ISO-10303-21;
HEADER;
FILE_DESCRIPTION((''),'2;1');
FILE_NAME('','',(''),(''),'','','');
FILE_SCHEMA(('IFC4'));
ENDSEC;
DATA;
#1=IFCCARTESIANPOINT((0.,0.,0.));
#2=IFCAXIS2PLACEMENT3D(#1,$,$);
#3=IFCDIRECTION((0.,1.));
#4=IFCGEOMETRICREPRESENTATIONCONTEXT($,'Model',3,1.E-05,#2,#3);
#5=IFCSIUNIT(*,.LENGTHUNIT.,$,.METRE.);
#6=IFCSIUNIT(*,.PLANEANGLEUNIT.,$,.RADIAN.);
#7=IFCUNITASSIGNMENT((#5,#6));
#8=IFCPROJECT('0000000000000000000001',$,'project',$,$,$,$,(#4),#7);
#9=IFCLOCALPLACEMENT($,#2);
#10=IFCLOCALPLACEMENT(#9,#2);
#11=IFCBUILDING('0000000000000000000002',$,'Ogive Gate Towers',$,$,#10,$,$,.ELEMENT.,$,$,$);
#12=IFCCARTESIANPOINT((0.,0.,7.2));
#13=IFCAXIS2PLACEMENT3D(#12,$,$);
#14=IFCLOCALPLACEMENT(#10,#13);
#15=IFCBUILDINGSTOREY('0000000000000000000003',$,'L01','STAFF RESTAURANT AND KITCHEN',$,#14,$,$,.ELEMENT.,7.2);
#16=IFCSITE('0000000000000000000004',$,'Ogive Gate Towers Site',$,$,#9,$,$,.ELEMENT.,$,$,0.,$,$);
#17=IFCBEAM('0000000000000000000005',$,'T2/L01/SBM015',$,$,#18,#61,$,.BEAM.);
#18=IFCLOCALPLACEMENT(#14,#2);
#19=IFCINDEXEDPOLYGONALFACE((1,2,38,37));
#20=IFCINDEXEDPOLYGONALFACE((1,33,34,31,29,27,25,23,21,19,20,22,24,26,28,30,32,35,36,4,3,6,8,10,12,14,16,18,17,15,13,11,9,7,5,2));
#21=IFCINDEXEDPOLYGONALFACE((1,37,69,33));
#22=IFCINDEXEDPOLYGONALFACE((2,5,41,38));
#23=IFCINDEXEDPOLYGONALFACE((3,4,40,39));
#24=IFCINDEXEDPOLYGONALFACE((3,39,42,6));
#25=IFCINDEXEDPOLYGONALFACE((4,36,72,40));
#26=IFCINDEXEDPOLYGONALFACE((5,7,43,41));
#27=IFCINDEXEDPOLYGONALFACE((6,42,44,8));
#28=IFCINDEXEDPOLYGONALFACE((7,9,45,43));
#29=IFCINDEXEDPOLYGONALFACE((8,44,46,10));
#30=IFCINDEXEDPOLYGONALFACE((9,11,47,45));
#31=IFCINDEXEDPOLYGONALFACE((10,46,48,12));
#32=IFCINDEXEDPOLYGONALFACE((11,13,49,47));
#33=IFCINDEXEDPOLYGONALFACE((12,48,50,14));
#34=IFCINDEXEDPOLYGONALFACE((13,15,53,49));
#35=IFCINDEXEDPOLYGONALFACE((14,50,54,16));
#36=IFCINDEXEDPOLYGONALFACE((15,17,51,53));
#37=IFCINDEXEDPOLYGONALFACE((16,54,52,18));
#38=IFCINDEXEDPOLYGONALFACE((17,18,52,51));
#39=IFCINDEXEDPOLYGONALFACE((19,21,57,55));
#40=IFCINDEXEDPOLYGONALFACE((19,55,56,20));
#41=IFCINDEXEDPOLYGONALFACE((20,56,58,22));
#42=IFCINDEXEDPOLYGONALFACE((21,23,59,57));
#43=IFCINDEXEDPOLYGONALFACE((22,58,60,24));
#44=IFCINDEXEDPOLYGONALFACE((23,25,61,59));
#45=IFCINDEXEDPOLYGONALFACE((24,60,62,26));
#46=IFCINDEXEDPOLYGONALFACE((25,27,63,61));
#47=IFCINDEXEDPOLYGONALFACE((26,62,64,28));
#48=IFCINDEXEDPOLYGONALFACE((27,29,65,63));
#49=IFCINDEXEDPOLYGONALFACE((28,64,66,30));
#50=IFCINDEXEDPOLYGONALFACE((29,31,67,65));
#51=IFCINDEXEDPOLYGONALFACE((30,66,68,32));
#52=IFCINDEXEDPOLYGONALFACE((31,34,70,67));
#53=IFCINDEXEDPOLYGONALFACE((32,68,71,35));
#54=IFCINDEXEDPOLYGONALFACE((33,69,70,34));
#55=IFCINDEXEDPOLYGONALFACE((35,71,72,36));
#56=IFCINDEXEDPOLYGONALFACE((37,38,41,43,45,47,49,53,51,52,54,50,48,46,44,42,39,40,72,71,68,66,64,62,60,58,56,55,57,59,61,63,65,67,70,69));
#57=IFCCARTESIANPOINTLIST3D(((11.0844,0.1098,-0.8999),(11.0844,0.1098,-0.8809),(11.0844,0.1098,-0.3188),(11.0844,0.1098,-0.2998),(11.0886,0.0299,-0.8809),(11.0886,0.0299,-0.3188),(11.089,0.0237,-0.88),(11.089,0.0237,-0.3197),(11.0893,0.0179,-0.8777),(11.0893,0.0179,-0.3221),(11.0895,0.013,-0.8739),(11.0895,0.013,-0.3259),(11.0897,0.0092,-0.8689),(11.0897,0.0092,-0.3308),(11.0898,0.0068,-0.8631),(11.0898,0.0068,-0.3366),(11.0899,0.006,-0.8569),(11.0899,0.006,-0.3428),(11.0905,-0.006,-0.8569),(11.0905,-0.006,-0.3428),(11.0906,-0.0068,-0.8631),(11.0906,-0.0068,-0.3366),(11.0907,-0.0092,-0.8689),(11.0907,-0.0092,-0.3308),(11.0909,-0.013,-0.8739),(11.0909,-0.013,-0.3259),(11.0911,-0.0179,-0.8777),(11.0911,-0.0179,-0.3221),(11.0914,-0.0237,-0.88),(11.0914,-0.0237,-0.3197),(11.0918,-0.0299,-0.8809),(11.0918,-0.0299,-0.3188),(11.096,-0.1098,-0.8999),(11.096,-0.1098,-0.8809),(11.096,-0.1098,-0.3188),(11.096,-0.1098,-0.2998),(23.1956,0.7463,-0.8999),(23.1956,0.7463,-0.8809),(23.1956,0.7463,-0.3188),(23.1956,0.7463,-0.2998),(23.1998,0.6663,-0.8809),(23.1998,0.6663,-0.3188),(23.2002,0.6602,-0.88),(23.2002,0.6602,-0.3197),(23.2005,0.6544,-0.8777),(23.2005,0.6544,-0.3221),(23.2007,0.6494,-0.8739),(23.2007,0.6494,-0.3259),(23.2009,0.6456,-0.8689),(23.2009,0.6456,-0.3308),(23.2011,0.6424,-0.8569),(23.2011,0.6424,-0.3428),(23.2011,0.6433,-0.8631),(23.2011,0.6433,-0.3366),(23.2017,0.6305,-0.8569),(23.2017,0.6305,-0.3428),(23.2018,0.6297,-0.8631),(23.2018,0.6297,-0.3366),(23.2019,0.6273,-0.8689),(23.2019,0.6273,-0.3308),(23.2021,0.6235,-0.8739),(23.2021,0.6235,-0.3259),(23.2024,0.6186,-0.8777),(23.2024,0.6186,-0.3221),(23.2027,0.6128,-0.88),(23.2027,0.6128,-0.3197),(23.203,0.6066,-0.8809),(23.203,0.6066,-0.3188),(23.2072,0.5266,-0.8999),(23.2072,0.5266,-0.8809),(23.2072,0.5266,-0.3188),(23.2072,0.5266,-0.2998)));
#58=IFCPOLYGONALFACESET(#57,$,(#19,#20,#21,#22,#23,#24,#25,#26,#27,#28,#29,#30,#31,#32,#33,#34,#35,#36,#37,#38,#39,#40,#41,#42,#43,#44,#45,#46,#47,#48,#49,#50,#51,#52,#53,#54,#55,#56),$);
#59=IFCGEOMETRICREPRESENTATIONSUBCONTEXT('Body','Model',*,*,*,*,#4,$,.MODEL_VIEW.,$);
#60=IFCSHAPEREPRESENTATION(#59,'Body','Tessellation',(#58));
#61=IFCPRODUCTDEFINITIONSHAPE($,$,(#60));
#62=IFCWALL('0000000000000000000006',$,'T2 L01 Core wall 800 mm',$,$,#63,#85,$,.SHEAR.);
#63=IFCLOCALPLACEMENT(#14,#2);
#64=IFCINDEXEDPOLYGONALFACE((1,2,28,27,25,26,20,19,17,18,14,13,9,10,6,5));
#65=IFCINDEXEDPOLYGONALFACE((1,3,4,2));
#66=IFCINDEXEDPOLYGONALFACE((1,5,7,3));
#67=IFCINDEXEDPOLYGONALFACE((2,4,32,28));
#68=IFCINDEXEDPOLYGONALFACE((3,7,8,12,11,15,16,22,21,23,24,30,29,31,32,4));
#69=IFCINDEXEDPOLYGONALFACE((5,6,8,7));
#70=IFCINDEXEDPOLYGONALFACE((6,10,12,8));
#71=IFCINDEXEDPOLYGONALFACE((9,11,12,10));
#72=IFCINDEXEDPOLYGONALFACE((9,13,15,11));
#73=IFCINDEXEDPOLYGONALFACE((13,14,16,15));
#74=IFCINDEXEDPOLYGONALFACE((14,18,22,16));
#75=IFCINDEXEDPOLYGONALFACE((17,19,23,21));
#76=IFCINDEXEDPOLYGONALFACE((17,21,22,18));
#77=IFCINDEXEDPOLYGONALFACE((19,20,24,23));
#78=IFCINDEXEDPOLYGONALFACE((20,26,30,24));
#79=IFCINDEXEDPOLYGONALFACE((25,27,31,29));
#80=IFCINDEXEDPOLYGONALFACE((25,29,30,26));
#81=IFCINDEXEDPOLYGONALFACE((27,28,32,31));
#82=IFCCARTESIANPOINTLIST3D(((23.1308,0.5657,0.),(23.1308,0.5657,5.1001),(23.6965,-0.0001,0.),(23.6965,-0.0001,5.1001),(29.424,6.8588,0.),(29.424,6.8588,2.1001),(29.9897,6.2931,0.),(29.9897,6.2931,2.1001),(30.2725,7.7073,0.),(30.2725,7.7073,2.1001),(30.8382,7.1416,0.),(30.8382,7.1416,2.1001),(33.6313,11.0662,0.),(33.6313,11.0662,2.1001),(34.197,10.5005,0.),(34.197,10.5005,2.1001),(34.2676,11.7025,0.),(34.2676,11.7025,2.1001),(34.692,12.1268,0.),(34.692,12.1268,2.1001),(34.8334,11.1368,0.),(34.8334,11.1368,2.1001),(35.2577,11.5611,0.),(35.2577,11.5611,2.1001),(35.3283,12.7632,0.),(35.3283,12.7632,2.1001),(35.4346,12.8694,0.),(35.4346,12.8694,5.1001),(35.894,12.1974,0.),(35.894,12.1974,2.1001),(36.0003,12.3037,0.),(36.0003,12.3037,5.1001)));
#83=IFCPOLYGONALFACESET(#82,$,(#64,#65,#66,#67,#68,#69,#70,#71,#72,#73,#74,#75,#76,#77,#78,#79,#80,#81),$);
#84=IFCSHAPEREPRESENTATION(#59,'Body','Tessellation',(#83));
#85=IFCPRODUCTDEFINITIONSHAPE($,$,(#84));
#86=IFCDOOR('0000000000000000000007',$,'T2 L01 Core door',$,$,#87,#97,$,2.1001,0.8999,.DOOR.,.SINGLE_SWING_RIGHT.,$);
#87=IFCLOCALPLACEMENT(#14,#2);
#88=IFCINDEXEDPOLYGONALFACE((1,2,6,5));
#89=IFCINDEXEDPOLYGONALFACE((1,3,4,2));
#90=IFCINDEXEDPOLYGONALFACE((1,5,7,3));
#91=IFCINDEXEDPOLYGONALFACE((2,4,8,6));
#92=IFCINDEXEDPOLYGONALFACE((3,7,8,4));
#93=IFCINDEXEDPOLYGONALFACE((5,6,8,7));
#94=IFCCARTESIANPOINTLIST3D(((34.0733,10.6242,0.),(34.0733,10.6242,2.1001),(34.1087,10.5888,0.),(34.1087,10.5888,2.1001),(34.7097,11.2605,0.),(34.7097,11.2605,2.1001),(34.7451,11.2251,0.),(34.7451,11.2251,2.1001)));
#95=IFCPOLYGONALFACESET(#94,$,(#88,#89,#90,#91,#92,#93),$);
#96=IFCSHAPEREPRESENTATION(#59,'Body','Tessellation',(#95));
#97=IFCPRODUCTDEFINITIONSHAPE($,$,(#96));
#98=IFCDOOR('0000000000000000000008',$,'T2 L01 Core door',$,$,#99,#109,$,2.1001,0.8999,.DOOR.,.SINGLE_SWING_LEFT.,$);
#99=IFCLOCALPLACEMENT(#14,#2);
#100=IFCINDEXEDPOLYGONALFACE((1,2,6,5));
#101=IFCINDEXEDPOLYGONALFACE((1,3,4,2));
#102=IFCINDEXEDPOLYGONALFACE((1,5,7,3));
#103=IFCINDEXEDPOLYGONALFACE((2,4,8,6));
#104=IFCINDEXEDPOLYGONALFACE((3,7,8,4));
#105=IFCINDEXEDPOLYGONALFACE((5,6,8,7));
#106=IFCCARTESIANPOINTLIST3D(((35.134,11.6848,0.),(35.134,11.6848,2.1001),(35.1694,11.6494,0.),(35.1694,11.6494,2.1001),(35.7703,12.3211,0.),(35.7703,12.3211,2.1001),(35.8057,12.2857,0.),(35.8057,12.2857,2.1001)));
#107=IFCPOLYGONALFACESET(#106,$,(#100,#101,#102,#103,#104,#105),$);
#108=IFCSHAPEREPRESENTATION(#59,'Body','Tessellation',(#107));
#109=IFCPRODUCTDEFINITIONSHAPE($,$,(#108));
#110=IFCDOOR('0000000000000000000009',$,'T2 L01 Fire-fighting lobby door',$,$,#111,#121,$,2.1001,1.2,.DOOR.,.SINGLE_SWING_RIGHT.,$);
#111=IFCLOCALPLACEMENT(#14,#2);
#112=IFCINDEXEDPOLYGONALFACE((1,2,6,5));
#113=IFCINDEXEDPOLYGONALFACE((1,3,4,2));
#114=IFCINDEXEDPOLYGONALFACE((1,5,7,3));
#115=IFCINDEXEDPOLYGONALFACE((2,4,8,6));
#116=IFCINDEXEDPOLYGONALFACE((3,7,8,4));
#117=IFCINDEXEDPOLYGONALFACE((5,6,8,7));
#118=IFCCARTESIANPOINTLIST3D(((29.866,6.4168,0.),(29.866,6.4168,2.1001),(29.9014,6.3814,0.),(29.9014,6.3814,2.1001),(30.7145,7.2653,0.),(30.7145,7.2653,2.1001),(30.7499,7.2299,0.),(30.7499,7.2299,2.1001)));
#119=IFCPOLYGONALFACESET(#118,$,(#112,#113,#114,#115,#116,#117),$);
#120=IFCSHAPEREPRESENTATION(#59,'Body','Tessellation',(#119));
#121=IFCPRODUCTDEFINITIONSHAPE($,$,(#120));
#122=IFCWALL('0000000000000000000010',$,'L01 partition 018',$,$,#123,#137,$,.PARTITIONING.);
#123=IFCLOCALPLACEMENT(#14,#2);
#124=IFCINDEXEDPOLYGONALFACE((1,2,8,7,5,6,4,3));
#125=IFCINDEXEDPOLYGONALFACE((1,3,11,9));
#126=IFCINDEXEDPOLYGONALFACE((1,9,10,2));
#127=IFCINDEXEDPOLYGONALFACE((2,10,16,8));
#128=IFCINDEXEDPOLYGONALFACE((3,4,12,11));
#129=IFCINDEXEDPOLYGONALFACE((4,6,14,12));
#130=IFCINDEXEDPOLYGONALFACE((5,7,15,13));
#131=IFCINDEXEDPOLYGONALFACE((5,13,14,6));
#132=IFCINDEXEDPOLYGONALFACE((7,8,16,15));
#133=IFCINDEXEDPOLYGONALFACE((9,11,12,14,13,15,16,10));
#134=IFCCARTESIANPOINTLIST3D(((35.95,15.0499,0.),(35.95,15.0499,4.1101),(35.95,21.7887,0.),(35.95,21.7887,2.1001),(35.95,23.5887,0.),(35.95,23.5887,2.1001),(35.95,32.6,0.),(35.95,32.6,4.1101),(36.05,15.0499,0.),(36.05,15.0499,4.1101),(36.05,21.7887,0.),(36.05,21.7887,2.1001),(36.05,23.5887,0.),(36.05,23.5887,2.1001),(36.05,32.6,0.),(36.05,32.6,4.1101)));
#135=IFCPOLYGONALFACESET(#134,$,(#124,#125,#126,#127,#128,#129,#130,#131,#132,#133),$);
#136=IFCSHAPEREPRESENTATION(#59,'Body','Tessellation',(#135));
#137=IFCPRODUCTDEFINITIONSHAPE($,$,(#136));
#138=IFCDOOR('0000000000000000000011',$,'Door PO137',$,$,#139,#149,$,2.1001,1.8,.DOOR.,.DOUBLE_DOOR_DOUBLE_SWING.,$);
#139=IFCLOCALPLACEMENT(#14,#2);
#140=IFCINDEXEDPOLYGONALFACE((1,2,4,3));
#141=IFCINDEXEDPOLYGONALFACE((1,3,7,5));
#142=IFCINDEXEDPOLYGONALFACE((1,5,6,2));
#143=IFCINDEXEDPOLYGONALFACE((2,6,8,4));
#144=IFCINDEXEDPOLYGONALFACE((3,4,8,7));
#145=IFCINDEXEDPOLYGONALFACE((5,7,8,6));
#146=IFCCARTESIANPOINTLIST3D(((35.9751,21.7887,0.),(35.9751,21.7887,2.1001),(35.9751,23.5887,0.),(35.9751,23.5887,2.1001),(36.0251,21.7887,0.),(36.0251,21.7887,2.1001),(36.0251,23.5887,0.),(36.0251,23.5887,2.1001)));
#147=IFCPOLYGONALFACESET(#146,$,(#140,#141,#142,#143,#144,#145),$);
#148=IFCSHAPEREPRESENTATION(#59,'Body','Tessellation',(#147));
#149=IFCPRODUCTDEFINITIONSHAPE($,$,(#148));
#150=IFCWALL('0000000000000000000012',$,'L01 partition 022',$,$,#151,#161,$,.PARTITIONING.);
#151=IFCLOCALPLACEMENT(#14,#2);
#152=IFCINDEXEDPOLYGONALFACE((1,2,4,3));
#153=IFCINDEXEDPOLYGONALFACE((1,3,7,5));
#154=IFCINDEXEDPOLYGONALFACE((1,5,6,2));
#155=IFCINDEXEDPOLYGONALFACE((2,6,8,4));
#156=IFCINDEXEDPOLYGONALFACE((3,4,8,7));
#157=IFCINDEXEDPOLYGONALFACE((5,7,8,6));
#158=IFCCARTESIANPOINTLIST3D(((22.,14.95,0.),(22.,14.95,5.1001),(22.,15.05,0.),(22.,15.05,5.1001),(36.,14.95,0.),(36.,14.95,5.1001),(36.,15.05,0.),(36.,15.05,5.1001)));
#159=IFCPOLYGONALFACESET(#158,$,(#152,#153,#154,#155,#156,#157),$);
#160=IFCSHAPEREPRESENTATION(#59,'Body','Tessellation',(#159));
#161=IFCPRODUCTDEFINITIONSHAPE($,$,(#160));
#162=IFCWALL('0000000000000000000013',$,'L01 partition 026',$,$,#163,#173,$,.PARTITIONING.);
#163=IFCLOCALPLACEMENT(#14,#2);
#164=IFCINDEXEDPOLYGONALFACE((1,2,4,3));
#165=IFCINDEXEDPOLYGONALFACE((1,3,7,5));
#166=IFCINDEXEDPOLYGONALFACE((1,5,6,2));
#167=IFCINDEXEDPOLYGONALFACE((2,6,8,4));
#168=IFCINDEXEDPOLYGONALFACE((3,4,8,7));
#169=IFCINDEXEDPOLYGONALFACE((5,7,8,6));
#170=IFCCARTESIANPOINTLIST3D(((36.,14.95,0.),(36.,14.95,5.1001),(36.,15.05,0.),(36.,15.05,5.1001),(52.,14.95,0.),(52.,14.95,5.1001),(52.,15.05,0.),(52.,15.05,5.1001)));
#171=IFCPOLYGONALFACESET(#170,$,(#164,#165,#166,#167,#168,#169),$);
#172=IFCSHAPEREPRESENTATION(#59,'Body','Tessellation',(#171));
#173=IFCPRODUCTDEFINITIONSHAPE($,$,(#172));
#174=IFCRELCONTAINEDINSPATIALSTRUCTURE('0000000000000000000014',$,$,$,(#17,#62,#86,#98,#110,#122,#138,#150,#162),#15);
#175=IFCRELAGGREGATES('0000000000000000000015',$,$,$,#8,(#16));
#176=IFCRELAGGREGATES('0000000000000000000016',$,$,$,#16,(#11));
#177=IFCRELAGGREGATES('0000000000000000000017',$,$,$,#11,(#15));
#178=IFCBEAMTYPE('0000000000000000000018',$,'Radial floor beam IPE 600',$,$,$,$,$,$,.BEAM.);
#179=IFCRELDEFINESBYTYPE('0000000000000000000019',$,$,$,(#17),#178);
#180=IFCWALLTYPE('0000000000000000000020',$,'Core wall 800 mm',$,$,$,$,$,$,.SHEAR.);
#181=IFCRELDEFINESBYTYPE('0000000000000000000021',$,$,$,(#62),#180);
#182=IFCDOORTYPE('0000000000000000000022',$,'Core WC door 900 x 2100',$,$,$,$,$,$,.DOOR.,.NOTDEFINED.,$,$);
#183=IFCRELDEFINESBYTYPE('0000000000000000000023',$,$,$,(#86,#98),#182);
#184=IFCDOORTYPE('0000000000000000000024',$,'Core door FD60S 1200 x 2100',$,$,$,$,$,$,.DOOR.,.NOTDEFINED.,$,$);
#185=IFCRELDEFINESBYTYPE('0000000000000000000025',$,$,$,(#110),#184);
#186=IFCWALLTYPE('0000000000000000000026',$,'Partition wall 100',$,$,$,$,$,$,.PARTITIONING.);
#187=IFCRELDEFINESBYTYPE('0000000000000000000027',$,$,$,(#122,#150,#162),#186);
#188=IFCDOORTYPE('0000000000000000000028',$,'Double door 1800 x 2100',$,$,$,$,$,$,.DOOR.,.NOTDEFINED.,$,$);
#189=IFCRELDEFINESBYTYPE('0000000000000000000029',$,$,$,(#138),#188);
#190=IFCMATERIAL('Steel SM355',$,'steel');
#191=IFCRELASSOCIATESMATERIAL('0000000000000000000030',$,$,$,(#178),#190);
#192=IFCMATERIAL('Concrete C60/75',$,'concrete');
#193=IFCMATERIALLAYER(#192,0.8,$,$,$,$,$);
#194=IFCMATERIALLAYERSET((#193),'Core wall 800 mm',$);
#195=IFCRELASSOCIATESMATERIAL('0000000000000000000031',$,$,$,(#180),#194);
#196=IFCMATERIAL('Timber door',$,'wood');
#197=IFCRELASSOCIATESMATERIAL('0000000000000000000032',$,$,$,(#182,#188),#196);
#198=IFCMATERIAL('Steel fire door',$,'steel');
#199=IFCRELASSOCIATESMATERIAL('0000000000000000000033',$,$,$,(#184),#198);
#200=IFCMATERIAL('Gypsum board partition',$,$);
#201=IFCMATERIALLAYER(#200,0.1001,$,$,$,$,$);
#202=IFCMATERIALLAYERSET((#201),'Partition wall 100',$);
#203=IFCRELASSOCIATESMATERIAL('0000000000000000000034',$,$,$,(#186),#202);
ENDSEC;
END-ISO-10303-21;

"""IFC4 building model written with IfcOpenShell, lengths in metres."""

from ifc_helpers import new_model, si_unit, direction, frame, frame_2d, origin, origin_2d, place, context, subcontext, project, spatial, rectangle, i_section, extrude, material, layer, layer_set, material_profile, profile_set, type_object, element, fill, save


model = new_model("IFC4")

# Units and contexts
model_context = context("Model", 3, precision=1e-05, world=origin(), true_north=direction((0.0, 1.0)))
body_context = subcontext(model_context, "Body", "Model", "MODEL_VIEW")
ifc_project = project(units=[si_unit("LENGTHUNIT", "METRE"), si_unit("PLANEANGLEUNIT", "RADIAN")], contexts=[model_context])

# Site, building, storey
site_placement = place(None, origin())
site = spatial("IfcSite", under=ifc_project, at=site_placement, Name="Ogive Gate Towers Site", CompositionType="ELEMENT", RefElevation=0.0)
building_placement = place(site_placement, origin())
building = spatial("IfcBuilding", under=site, at=building_placement, Name="Ogive Gate Towers", CompositionType="ELEMENT")
storey_placement = place(building_placement, frame((0.0, 0.0, 7.2)))
storey = spatial("IfcBuildingStorey", under=building, at=storey_placement, Name="L01", Description="STAFF RESTAURANT AND KITCHEN", CompositionType="ELEMENT", Elevation=7.2)

# Beam
ifc_material_1 = material(Name="Steel SM355", Category="steel")
ifc_material_profile_1 = material_profile(ifc_material_1, i_section(OverallWidth=0.22, OverallDepth=0.6001, WebThickness=0.012, FlangeThickness=0.019, FilletRadius=0.0239, at=origin_2d()), Name="IPE 600")
ifc_profile_set_1 = profile_set([ifc_material_profile_1], Name="Steel SM355")
beam_type_1 = type_object("IfcBeamType", Name="Radial floor beam IPE 600", PredefinedType="BEAM", material=ifc_profile_set_1)
beam_1_placement = place(storey_placement, frame((23.2014, 0.6365, -0.5999), z_axis=(-0.998622, -0.05248, 0.0), x_axis=(0.05248, -0.998622, 0.0)))
element("IfcBeam", 1, at=beam_1_placement, inside=storey, type_object=beam_type_1, Name="T2/L01/SBM015", PredefinedType="BEAM", context=body_context, shape_type="SweptSolid", body=[
    extrude(i_section(OverallWidth=0.22, OverallDepth=0.6001, WebThickness=0.012, FlangeThickness=0.019, FilletRadius=0.0239, at=origin_2d()), origin(), (0.0, 0.0, 1.0), 12.1279),
])

# Wall, openings, doors
ifc_material_2 = material(Name="Concrete C60/75", Category="concrete")
ifc_layer_1 = layer(ifc_material_2, 0.8)
ifc_layer_set_1 = layer_set([ifc_layer_1], Name="Core wall 800 mm")
wall_type_1 = type_object("IfcWallType", Name="Core wall 800 mm", PredefinedType="SHEAR", material=ifc_layer_set_1)
wall_1_placement = place(storey_placement, frame((23.4136, 0.2827, 0.0), z_axis=(0.0, 0.0, 1.0), x_axis=(0.707107, 0.707107, 0.0)))
wall_1 = element("IfcWall", 2, at=wall_1_placement, inside=storey, type_object=wall_type_1, Name="T2 L01 Core wall 800 mm", PredefinedType="SHEAR", context=body_context, shape_type="SweptSolid", body=[
    extrude(rectangle(XDim=17.4001, YDim=0.8, at=frame_2d((8.7002, 0.0))), origin(), (0.0, 0.0, 1.0), 5.1001),
])
opening_1_placement = place(wall_1_placement, frame((8.8999, 0.0, 0.0)))
opening_1 = element("IfcOpeningElement", 3, at=opening_1_placement, cuts=wall_1, PredefinedType="OPENING", context=body_context, shape_type="SweptSolid", body=[
    extrude(rectangle(XDim=1.2, YDim=2.1001, at=frame_2d((0.6001, 1.05))), frame((0.0, 0.4102, 0.0), z_axis=(0.0, -1.0, 0.0), x_axis=(1.0, 0.0, 0.0)), (0.0, 0.0, 1.0), 0.8201),
])
opening_2_placement = place(wall_1_placement, frame((14.8501, 0.0, 0.0)))
opening_2 = element("IfcOpeningElement", 4, at=opening_2_placement, cuts=wall_1, PredefinedType="OPENING", context=body_context, shape_type="SweptSolid", body=[
    extrude(rectangle(XDim=0.8999, YDim=2.1001, at=frame_2d((0.45, 1.05))), frame((0.0, 0.4102, 0.0), z_axis=(0.0, -1.0, 0.0), x_axis=(1.0, 0.0, 0.0)), (0.0, 0.0, 1.0), 0.8201),
])
opening_3_placement = place(wall_1_placement, frame((16.3501, 0.0, 0.0)))
opening_3 = element("IfcOpeningElement", 5, at=opening_3_placement, cuts=wall_1, PredefinedType="OPENING", context=body_context, shape_type="SweptSolid", body=[
    extrude(rectangle(XDim=0.8999, YDim=2.1001, at=frame_2d((0.45, 1.05))), frame((0.0, 0.4102, 0.0), z_axis=(0.0, -1.0, 0.0), x_axis=(1.0, 0.0, 0.0)), (0.0, 0.0, 1.0), 0.8201),
])
ifc_material_3 = material(Name="Timber door", Category="wood")
door_type_1 = type_object("IfcDoorType", Name="Core WC door 900 x 2100", OperationType="NOTDEFINED", PredefinedType="DOOR", material=ifc_material_3)
door_1_placement = place(opening_2_placement, origin())
door_1 = element("IfcDoor", 6, at=door_1_placement, inside=storey, type_object=door_type_1, Name="T2 L01 Core door", OperationType="SINGLE_SWING_RIGHT", OverallHeight=2.1001, OverallWidth=0.8999, PredefinedType="DOOR", context=body_context, shape_type="SweptSolid", body=[
    extrude(rectangle(XDim=0.8999, YDim=2.1001, at=frame_2d((0.45, 1.05))), frame((0.0, -0.2251, 0.0), z_axis=(0.0, -1.0, 0.0), x_axis=(1.0, 0.0, 0.0)), (0.0, 0.0, 1.0), 0.05),
])
fill(opening_2, door_1)
door_2_placement = place(opening_3_placement, origin())
door_2 = element("IfcDoor", 7, at=door_2_placement, inside=storey, type_object=door_type_1, Name="T2 L01 Core door", OperationType="SINGLE_SWING_LEFT", OverallHeight=2.1001, OverallWidth=0.8999, PredefinedType="DOOR", context=body_context, shape_type="SweptSolid", body=[
    extrude(rectangle(XDim=0.8999, YDim=2.1001, at=frame_2d((0.45, 1.05))), frame((0.0, -0.2251, 0.0), z_axis=(0.0, -1.0, 0.0), x_axis=(1.0, 0.0, 0.0)), (0.0, 0.0, 1.0), 0.05),
])
fill(opening_3, door_2)
ifc_material_4 = material(Name="Steel fire door", Category="steel")
door_type_2 = type_object("IfcDoorType", Name="Core door FD60S 1200 x 2100", OperationType="NOTDEFINED", PredefinedType="DOOR", material=ifc_material_4)
door_3_placement = place(opening_1_placement, origin())
door_3 = element("IfcDoor", 8, at=door_3_placement, inside=storey, type_object=door_type_2, Name="T2 L01 Fire-fighting lobby door", OperationType="SINGLE_SWING_RIGHT", OverallHeight=2.1001, OverallWidth=1.2, PredefinedType="DOOR", context=body_context, shape_type="SweptSolid", body=[
    extrude(rectangle(XDim=1.2, YDim=2.1001, at=frame_2d((0.6001, 1.05))), frame((0.0, -0.2251, 0.0), z_axis=(0.0, -1.0, 0.0), x_axis=(1.0, 0.0, 0.0)), (0.0, 0.0, 1.0), 0.05),
])
fill(opening_1, door_3)

# Wall, opening, door
ifc_material_5 = material(Name="Gypsum board partition")
ifc_layer_2 = layer(ifc_material_5, 0.1001)
ifc_layer_set_2 = layer_set([ifc_layer_2], Name="Partition wall 100")
wall_type_2 = type_object("IfcWallType", Name="Partition wall 100", PredefinedType="PARTITIONING", material=ifc_layer_set_2)
wall_2_placement = place(storey_placement, frame((36.0, 15.05, 0.0), z_axis=(0.0, 0.0, 1.0), x_axis=(0.0, 1.0, 0.0)))
wall_2 = element("IfcWall", 9, at=wall_2_placement, inside=storey, type_object=wall_type_2, Name="L01 partition 018", PredefinedType="PARTITIONING", context=body_context, shape_type="SweptSolid", body=[
    extrude(rectangle(XDim=17.55, YDim=0.1001, at=frame_2d((8.7749, 0.0))), origin(), (0.0, 0.0, 1.0), 4.1101),
])
opening_4_placement = place(wall_2_placement, frame((6.7388, 0.0, 0.0)))
opening_4 = element("IfcOpeningElement", 10, at=opening_4_placement, cuts=wall_2, PredefinedType="OPENING", context=body_context, shape_type="SweptSolid", body=[
    extrude(rectangle(XDim=1.8, YDim=2.1001, at=frame_2d((0.8999, 1.05))), frame((0.0, 0.0601, 0.0), z_axis=(0.0, -1.0, 0.0), x_axis=(1.0, 0.0, 0.0)), (0.0, 0.0, 1.0), 0.1201),
])
door_type_3 = type_object("IfcDoorType", Name="Double door 1800 x 2100", OperationType="NOTDEFINED", PredefinedType="DOOR", material=ifc_material_3)
door_4_placement = place(opening_4_placement, origin())
door_4 = element("IfcDoor", 11, at=door_4_placement, inside=storey, type_object=door_type_3, Name="Door PO137", OperationType="DOUBLE_DOOR_DOUBLE_SWING", OverallHeight=2.1001, OverallWidth=1.8, PredefinedType="DOOR", context=body_context, shape_type="SweptSolid", body=[
    extrude(rectangle(XDim=1.8, YDim=2.1001, at=frame_2d((0.8999, 1.05))), frame((0.0, 0.0249, 0.0), z_axis=(0.0, -1.0, 0.0), x_axis=(1.0, 0.0, 0.0)), (0.0, 0.0, 1.0), 0.05),
])
fill(opening_4, door_4)

# Walls
wall_3_placement = place(storey_placement, frame((22.0, 15.0, 0.0), z_axis=(0.0, 0.0, 1.0), x_axis=(1.0, 0.0, 0.0)))
element("IfcWall", 12, at=wall_3_placement, inside=storey, type_object=wall_type_2, Name="L01 partition 022", PredefinedType="PARTITIONING", context=body_context, shape_type="SweptSolid", body=[
    extrude(rectangle(XDim=14.0, YDim=0.1001, at=frame_2d((7.0, 0.0))), origin(), (0.0, 0.0, 1.0), 5.1001),
])
wall_4_placement = place(storey_placement, frame((36.0, 15.0, 0.0), z_axis=(0.0, 0.0, 1.0), x_axis=(1.0, 0.0, 0.0)))
element("IfcWall", 13, at=wall_4_placement, inside=storey, type_object=wall_type_2, Name="L01 partition 026", PredefinedType="PARTITIONING", context=body_context, shape_type="SweptSolid", body=[
    extrude(rectangle(XDim=16.0, YDim=0.1001, at=frame_2d((8.0, 0.0))), origin(), (0.0, 0.0, 1.0), 5.1001),
])

save(model, "model.ifc")
